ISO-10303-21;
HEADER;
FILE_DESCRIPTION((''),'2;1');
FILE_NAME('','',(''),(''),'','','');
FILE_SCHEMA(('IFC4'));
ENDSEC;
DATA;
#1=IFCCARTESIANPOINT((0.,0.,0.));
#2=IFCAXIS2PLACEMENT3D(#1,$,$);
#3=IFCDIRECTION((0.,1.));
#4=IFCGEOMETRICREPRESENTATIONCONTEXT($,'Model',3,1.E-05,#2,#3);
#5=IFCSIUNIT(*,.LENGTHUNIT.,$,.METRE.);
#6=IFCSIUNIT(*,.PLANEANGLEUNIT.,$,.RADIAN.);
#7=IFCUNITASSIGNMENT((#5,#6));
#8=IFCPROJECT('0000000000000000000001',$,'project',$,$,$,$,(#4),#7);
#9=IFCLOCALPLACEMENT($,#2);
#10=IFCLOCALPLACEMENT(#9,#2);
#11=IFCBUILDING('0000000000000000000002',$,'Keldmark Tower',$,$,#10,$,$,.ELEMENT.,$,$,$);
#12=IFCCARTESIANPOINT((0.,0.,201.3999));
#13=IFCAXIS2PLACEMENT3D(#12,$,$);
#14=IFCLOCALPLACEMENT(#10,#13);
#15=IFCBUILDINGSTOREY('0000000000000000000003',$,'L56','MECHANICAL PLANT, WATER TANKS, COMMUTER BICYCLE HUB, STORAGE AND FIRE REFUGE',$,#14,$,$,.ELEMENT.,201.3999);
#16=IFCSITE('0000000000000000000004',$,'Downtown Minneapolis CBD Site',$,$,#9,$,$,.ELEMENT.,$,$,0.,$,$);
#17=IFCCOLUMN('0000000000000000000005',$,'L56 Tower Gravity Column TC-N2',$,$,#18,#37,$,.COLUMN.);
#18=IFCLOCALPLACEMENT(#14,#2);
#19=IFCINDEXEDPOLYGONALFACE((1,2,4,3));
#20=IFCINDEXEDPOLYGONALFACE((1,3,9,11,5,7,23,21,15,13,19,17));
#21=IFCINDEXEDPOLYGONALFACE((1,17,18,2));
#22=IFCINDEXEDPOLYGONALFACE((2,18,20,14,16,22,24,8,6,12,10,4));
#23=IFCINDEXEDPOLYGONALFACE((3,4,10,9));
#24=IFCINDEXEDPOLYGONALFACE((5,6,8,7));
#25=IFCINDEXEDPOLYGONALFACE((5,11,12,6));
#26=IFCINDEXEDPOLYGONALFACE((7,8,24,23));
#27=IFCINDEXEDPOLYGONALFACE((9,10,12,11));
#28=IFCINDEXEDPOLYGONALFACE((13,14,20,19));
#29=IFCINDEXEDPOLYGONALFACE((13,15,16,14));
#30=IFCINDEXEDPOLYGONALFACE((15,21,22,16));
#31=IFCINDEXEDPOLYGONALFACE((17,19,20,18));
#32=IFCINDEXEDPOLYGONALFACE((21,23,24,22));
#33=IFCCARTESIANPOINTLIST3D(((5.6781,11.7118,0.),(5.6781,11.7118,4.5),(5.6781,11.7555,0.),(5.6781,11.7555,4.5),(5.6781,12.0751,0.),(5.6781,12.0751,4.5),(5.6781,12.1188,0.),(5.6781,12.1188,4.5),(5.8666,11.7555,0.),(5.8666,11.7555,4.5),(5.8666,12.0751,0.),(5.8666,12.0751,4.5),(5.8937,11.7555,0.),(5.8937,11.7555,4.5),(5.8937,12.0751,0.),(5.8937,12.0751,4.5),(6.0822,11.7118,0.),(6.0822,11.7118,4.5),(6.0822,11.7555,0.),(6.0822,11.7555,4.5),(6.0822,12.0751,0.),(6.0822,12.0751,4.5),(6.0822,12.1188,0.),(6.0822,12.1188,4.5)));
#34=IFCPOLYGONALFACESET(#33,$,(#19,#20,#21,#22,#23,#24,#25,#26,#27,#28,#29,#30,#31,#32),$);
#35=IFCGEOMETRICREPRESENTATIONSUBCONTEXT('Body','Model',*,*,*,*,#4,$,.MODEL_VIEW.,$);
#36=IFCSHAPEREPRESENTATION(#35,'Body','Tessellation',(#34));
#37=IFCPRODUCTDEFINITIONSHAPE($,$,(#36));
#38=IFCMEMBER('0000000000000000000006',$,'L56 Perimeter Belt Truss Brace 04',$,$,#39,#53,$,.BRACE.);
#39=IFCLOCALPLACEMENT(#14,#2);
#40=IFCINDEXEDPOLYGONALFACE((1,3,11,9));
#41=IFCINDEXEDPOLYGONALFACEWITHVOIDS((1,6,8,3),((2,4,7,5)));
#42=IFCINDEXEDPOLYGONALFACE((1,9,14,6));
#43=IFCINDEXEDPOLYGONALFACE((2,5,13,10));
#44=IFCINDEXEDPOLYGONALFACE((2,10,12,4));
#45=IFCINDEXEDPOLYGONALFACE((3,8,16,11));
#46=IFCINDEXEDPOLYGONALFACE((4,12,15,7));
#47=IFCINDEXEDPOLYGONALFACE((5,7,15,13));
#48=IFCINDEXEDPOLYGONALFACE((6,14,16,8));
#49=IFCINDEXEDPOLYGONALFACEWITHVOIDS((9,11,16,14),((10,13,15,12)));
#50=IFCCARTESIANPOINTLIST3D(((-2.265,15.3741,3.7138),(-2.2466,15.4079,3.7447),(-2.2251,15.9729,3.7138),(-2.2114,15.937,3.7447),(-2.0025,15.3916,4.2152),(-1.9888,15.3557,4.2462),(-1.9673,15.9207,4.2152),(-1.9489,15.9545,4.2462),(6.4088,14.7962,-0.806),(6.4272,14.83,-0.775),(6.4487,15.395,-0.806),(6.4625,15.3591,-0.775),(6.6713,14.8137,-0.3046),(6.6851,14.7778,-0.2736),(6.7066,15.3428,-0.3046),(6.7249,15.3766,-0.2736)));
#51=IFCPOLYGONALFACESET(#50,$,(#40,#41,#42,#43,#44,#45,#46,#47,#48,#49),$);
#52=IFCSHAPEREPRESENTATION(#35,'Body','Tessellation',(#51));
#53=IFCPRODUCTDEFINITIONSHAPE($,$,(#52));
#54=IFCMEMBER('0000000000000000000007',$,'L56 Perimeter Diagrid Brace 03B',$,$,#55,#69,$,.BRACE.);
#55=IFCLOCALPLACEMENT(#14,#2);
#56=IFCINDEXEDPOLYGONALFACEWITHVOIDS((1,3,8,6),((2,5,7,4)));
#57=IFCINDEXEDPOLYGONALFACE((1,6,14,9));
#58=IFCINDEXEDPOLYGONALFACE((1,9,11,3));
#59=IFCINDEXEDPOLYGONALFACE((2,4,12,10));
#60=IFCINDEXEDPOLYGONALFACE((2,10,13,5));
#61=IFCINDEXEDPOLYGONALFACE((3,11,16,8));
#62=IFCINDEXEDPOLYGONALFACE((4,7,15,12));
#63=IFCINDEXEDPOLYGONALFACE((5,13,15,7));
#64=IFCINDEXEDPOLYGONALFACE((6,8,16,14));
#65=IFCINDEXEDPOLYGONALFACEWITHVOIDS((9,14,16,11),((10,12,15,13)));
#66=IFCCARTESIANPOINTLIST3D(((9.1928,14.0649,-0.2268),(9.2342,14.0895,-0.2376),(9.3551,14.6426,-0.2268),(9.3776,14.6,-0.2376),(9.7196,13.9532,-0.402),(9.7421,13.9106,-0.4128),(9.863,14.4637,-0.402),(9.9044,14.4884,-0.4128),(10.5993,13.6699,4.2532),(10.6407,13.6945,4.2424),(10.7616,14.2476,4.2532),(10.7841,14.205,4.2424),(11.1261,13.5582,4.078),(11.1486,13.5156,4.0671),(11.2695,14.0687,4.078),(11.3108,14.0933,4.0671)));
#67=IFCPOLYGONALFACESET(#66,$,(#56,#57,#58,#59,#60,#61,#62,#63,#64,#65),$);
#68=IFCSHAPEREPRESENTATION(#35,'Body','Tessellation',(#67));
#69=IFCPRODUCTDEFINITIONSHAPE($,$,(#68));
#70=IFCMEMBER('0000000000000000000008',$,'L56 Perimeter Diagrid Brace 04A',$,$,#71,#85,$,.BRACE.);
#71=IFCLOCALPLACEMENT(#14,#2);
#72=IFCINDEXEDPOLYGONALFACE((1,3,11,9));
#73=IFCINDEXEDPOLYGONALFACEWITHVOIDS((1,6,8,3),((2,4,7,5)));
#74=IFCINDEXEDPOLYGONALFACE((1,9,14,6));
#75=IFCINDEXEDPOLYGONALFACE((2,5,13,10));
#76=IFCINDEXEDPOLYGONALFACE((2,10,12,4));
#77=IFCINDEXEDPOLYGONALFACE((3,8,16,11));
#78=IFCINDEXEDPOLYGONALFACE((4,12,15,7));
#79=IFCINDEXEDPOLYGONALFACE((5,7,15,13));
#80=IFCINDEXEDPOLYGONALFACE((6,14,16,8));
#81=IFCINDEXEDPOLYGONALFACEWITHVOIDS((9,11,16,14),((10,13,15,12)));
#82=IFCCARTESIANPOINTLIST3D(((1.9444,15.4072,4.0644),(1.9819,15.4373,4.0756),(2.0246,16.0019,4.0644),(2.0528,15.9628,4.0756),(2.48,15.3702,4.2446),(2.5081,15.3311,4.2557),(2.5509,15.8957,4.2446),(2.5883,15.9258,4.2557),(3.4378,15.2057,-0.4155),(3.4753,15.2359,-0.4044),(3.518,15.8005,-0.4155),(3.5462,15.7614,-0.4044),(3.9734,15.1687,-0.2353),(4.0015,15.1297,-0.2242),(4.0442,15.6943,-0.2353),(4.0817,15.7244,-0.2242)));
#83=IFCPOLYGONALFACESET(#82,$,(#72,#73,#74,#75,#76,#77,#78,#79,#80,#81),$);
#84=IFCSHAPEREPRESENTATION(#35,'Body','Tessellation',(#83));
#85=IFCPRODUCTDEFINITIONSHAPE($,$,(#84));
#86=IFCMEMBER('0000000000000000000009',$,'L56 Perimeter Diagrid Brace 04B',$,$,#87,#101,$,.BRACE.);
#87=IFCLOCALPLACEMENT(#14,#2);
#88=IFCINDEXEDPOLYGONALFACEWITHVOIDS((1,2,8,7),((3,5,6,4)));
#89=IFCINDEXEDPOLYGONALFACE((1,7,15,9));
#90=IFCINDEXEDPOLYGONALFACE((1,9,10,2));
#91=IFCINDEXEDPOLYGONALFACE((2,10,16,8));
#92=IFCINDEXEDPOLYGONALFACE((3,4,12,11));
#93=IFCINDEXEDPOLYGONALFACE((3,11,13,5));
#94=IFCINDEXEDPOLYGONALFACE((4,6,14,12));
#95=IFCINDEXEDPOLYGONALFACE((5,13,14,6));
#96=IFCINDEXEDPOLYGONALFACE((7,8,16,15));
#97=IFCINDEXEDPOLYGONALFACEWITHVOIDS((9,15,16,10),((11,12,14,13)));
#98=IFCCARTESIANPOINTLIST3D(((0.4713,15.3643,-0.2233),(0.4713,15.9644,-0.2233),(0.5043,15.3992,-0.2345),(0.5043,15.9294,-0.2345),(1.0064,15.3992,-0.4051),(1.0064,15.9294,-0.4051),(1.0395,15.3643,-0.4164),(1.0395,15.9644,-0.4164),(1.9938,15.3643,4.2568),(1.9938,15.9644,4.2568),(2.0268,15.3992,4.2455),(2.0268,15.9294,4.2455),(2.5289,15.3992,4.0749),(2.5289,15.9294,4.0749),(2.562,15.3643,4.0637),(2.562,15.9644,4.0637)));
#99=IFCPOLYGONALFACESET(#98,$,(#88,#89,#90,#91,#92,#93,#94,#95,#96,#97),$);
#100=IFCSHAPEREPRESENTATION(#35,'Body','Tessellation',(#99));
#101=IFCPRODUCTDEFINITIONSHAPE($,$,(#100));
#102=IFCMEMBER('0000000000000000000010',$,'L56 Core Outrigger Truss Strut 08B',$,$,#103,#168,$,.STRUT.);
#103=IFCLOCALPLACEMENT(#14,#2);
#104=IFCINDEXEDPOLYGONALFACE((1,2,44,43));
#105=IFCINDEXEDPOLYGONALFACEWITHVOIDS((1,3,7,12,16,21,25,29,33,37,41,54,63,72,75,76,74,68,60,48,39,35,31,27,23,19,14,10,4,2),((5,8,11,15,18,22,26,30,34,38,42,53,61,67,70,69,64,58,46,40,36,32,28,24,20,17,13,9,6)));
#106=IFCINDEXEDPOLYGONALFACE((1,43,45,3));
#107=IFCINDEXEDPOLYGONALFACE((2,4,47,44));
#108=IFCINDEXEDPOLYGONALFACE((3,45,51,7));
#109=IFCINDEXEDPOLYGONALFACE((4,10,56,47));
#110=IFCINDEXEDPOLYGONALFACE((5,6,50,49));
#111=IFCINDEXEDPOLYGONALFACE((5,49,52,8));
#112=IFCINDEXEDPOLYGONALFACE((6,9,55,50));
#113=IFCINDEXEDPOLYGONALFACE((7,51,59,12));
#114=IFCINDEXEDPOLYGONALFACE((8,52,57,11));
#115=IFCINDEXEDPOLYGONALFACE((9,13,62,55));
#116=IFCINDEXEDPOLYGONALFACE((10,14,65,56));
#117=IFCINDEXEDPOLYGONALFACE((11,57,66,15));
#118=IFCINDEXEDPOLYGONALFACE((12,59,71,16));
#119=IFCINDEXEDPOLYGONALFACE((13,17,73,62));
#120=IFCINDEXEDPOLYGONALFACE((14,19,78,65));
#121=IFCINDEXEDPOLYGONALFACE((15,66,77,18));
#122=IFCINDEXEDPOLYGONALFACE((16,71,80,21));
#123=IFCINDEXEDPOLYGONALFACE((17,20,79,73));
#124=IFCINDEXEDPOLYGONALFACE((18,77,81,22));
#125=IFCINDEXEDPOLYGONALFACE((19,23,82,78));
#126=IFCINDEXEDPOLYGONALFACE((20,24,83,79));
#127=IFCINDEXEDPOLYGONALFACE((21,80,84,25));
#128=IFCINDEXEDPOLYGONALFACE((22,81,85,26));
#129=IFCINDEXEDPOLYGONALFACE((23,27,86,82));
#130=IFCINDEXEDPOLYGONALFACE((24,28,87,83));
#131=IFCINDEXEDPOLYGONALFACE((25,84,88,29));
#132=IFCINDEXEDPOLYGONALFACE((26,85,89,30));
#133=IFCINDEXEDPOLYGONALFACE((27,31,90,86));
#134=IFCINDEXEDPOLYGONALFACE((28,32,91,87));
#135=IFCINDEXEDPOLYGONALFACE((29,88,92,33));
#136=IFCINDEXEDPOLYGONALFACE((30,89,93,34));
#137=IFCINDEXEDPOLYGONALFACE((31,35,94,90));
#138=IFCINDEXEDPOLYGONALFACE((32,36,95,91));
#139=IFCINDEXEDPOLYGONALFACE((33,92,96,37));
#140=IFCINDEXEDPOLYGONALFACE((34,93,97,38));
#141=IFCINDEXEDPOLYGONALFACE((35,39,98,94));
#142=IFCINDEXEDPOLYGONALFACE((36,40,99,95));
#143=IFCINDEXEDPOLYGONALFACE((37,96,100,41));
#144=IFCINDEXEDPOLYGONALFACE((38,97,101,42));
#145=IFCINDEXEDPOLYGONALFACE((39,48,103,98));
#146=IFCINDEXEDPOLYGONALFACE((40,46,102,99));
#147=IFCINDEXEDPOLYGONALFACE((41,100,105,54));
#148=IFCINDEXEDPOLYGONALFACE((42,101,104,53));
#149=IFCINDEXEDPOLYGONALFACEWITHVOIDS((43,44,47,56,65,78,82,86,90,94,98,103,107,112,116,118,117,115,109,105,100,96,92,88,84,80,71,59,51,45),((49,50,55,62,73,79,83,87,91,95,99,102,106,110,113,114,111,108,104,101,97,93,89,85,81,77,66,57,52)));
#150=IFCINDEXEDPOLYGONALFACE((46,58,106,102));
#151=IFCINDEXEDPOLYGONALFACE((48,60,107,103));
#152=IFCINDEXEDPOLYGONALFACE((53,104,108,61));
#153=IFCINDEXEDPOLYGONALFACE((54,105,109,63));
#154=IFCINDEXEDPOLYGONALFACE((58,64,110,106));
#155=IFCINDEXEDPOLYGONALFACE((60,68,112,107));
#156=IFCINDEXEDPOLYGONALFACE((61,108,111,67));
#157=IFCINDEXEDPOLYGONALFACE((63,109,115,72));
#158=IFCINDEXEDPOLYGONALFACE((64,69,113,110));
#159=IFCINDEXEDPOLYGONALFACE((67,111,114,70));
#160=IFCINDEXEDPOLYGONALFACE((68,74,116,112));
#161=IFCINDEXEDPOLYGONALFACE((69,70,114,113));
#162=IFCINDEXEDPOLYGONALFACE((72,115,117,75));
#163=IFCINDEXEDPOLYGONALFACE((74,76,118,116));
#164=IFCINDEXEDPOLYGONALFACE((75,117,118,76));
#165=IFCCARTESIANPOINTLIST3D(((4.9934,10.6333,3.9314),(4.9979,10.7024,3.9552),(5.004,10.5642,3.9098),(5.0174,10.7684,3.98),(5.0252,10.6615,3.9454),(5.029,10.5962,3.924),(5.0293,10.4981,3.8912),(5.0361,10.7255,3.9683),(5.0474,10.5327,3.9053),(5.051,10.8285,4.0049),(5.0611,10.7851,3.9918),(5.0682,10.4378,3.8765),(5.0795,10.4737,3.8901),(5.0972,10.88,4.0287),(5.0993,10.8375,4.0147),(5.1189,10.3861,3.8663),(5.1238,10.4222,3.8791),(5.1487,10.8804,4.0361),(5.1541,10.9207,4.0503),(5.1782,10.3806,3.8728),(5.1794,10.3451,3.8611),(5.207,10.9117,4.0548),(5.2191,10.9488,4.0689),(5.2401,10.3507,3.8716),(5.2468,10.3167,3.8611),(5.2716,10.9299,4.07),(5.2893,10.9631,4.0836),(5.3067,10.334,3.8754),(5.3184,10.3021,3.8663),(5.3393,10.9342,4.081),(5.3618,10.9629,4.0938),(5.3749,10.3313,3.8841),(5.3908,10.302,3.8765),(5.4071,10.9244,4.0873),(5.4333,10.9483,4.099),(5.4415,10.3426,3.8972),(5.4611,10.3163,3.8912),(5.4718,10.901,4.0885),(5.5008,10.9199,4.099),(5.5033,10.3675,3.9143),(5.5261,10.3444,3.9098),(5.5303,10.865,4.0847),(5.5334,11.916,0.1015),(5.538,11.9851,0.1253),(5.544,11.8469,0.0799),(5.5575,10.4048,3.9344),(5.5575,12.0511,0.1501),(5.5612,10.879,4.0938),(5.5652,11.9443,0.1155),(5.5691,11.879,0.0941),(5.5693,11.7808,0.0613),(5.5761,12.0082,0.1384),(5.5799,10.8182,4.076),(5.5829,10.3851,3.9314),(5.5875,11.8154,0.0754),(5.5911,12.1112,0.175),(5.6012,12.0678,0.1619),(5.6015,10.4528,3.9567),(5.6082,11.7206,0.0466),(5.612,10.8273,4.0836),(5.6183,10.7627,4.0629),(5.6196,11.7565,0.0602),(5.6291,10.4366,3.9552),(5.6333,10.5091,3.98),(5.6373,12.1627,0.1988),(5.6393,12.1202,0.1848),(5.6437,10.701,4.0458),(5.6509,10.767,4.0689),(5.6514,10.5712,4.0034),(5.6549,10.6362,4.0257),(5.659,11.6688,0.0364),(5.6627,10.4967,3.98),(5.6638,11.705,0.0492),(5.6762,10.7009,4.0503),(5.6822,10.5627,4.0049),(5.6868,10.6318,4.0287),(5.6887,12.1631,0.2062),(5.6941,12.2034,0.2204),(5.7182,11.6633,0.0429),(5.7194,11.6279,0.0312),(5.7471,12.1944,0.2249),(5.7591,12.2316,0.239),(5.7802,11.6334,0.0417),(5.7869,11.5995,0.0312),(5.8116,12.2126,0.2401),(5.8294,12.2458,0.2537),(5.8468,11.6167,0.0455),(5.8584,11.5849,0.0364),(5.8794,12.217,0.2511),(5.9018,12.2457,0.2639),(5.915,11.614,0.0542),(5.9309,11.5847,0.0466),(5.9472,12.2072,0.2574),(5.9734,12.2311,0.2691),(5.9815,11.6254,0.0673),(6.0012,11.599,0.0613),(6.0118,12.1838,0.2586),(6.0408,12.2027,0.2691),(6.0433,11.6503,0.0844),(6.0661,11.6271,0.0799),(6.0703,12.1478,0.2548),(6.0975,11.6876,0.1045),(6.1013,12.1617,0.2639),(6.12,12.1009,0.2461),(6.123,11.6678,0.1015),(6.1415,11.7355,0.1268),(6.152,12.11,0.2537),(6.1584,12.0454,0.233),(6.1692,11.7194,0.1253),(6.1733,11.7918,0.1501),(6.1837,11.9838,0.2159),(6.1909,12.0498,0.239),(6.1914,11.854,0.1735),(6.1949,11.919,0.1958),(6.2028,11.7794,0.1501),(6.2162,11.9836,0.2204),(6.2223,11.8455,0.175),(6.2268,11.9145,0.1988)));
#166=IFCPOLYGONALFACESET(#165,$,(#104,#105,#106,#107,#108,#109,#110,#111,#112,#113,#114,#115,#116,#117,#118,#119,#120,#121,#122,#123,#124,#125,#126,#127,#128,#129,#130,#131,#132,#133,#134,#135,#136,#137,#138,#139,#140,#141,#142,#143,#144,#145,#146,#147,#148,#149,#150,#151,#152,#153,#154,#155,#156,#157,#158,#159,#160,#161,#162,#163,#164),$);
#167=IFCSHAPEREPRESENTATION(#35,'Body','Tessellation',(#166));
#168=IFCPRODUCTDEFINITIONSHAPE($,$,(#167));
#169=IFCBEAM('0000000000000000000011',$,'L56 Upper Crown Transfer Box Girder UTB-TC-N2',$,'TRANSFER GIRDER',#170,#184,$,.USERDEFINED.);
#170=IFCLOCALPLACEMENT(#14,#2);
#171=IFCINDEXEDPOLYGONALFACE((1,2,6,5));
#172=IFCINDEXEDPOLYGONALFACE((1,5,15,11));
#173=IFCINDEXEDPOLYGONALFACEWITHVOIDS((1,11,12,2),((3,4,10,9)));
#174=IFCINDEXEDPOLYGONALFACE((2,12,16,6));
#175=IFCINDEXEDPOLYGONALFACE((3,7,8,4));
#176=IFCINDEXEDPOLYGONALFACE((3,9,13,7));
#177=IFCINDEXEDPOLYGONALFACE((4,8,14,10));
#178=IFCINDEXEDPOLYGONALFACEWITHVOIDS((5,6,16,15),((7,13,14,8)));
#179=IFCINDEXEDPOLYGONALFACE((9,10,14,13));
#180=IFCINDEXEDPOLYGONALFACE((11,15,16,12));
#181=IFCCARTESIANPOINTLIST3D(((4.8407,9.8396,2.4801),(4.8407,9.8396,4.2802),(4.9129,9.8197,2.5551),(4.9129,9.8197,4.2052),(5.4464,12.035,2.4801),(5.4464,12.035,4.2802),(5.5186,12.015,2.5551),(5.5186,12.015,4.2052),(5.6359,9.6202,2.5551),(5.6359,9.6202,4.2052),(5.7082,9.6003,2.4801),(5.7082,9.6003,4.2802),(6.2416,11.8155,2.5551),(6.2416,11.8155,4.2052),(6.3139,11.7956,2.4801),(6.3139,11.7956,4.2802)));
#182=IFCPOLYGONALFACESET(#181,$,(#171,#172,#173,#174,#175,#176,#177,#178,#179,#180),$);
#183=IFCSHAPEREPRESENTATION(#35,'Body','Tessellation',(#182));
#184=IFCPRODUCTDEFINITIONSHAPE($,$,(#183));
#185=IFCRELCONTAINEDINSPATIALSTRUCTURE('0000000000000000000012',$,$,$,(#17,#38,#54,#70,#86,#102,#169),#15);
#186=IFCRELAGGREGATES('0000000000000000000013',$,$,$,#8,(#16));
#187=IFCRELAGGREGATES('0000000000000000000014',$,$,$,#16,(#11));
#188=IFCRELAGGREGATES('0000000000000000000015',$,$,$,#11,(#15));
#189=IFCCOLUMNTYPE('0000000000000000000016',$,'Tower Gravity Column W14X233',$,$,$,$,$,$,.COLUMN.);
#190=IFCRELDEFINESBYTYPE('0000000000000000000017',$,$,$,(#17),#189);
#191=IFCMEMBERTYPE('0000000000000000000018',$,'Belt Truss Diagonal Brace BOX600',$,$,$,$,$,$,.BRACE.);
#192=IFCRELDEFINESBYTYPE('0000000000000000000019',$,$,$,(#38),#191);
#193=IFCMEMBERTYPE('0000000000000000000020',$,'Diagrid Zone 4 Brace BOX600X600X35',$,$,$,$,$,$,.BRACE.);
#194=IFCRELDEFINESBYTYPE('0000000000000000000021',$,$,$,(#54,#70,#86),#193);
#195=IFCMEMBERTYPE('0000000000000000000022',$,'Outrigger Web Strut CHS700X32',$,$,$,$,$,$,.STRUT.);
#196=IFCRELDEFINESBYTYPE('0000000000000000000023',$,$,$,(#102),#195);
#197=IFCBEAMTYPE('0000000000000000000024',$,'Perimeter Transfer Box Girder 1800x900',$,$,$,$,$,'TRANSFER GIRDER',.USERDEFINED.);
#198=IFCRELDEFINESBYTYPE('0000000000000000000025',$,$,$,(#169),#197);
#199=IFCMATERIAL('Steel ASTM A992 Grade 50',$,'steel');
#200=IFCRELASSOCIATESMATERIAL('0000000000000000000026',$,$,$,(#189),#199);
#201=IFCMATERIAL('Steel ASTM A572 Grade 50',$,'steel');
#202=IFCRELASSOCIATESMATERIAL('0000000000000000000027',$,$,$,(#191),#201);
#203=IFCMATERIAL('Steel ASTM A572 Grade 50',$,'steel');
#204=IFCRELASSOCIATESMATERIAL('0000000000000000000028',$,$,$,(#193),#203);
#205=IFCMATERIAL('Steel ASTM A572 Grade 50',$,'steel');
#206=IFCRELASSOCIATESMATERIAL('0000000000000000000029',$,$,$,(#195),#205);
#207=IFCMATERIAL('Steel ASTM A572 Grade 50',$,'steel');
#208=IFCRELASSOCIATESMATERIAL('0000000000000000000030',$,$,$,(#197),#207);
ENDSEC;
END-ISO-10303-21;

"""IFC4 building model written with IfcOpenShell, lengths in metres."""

from ifc_helpers import new_model, si_unit, direction, frame, origin, origin_2d, place, context, subcontext, project, spatial, hollow_rectangle, hollow_circle, i_section, extrude, material, material_profile, profile_set, type_object, element, save


model = new_model("IFC4")

# Units and contexts
model_context = context("Model", 3, precision=1e-05, world=origin(), true_north=direction((0.0, 1.0)))
body_context = subcontext(model_context, "Body", "Model", "MODEL_VIEW")
ifc_project = project(units=[si_unit("LENGTHUNIT", "METRE"), si_unit("PLANEANGLEUNIT", "RADIAN")], contexts=[model_context])

# Site, building, storey
site_placement = place(None, origin())
site = spatial("IfcSite", under=ifc_project, at=site_placement, Name="Downtown Minneapolis CBD Site", CompositionType="ELEMENT", RefElevation=0.0)
building_placement = place(site_placement, origin())
building = spatial("IfcBuilding", under=site, at=building_placement, Name="Keldmark Tower", CompositionType="ELEMENT")
storey_placement = place(building_placement, frame((0.0, 0.0, 201.3999)))
storey = spatial("IfcBuildingStorey", under=building, at=storey_placement, Name="L56", Description="MECHANICAL PLANT, WATER TANKS, COMMUTER BICYCLE HUB, STORAGE AND FIRE REFUGE", CompositionType="ELEMENT", Elevation=201.3999)

# Column
ifc_material_1 = material(Name="Steel ASTM A992 Grade 50", Category="steel")
ifc_material_profile_1 = material_profile(ifc_material_1, i_section(OverallWidth=0.4041, OverallDepth=0.407, WebThickness=0.0271, FlangeThickness=0.0437, at=origin_2d()), Name="W14X233")
ifc_profile_set_1 = profile_set([ifc_material_profile_1], Name="Steel ASTM A992 Grade 50")
column_type = type_object("IfcColumnType", Name="Tower Gravity Column W14X233", PredefinedType="COLUMN", material=ifc_profile_set_1)
column_placement = place(storey_placement, frame((5.8801, 11.9153, 0.0), z_axis=(0.0, 0.0, 1.0), x_axis=(1.0, 0.0, 0.0)))
element("IfcColumn", 1, at=column_placement, inside=storey, type_object=column_type, Name="L56 Tower Gravity Column TC-N2", PredefinedType="COLUMN", context=body_context, shape_type="SweptSolid", body=[
    extrude(i_section(OverallWidth=0.4041, OverallDepth=0.407, WebThickness=0.0271, FlangeThickness=0.0437, at=origin_2d()), origin(), (0.0, 0.0, 1.0), 4.5),
])

# Members
ifc_material_2 = material(Name="Steel ASTM A572 Grade 50", Category="steel")
ifc_material_profile_2 = material_profile(ifc_material_2, hollow_rectangle(XDim=0.6001, YDim=0.6001, WallThickness=0.0349, at=origin_2d()), Name="BOX600X600X35")
ifc_profile_set_2 = profile_set([ifc_material_profile_2], Name="Steel ASTM A572 Grade 50")
member_type_1 = type_object("IfcMemberType", Name="Belt Truss Diagonal Brace BOX600", PredefinedType="BRACE", material=ifc_profile_set_2)
member_1_placement = place(storey_placement, frame((6.5669, 15.0864, -0.5398), z_axis=(-0.88528, 0.05898, 0.461303), x_axis=(-0.066476, -0.997788, 0.0)))
element("IfcMember", 2, at=member_1_placement, inside=storey, type_object=member_type_1, Name="L56 Perimeter Belt Truss Brace 04", PredefinedType="BRACE", context=body_context, shape_type="SweptSolid", body=[
    extrude(hollow_rectangle(XDim=0.6001, YDim=0.6001, WallThickness=0.0349, at=origin_2d()), origin(), (0.0, 0.0, 1.0), 9.7979),
])
ifc_material_3 = material(Name="Steel ASTM A572 Grade 50", Category="steel")
ifc_material_profile_3 = material_profile(ifc_material_3, hollow_rectangle(XDim=0.6001, YDim=0.6001, WallThickness=0.0349, at=origin_2d()), Name="BOX600X600X35")
ifc_profile_set_3 = profile_set([ifc_material_profile_3], Name="Steel ASTM A572 Grade 50")
member_type_2 = type_object("IfcMemberType", Name="Diagrid Zone 4 Brace BOX600X600X35", PredefinedType="BRACE", material=ifc_profile_set_3)
member_2_placement = place(storey_placement, frame((9.5486, 14.2766, -0.3198), z_axis=(0.298482, -0.08383, 0.950727), x_axis=(0.270392, 0.96275, 0.0)))
element("IfcMember", 3, at=member_2_placement, inside=storey, type_object=member_type_2, Name="L56 Perimeter Diagrid Brace 03B", PredefinedType="BRACE", context=body_context, shape_type="SweptSolid", body=[
    extrude(hollow_rectangle(XDim=0.6001, YDim=0.6001, WallThickness=0.0349, at=origin_2d()), origin(), (0.0, 0.0, 1.0), 4.7122),
])
member_3_placement = place(storey_placement, frame((3.7598, 15.4651, -0.3198), z_axis=(-0.315956, 0.042613, 0.947816), x_axis=(-0.13366, -0.991027, 0.0)))
element("IfcMember", 4, at=member_3_placement, inside=storey, type_object=member_type_2, Name="L56 Perimeter Diagrid Brace 04A", PredefinedType="BRACE", context=body_context, shape_type="SweptSolid", body=[
    extrude(hollow_rectangle(XDim=0.6001, YDim=0.6001, WallThickness=0.0349, at=origin_2d()), origin(), (0.0, 0.0, 1.0), 4.7266),
])
member_4_placement = place(storey_placement, frame((0.7554, 15.6643, -0.3198), z_axis=(0.321764, 0.0, 0.94682), x_axis=(0.0, 1.0, 0.0)))
element("IfcMember", 5, at=member_4_placement, inside=storey, type_object=member_type_2, Name="L56 Perimeter Diagrid Brace 04B", PredefinedType="BRACE", context=body_context, shape_type="SweptSolid", body=[
    extrude(hollow_rectangle(XDim=0.6001, YDim=0.6001, WallThickness=0.0349, at=origin_2d()), origin(), (0.0, 0.0, 1.0), 4.7317),
])
ifc_material_4 = material(Name="Steel ASTM A572 Grade 50", Category="steel")
ifc_material_profile_4 = material_profile(ifc_material_4, hollow_circle(Radius=0.3501, WallThickness=0.032, at=origin_2d()), Name="CHS700X32")
ifc_profile_set_4 = profile_set([ifc_material_profile_4], Name="Steel ASTM A572 Grade 50")
member_type_3 = type_object("IfcMemberType", Name="Outrigger Web Strut CHS700X32", PredefinedType="STRUT", material=ifc_profile_set_4)
member_5_placement = place(storey_placement, frame((5.8801, 11.9153, 0.1501), z_axis=(-0.132529, -0.314786, 0.939865), x_axis=(0.921649, -0.388026, 0.0)))
element("IfcMember", 6, at=member_5_placement, inside=storey, type_object=member_type_3, Name="L56 Core Outrigger Truss Strut 08B", PredefinedType="STRUT", context=body_context, shape_type="SweptSolid", body=[
    extrude(hollow_circle(Radius=0.3501, WallThickness=0.032, at=origin_2d()), origin(), (0.0, 0.0, 1.0), 4.075),
])

# Beam
ifc_material_5 = material(Name="Steel ASTM A572 Grade 50", Category="steel")
ifc_material_profile_5 = material_profile(ifc_material_5, hollow_rectangle(XDim=0.8999, YDim=1.8, WallThickness=0.075, at=origin_2d()), Name="TBOX1800X900X75")
ifc_profile_set_5 = profile_set([ifc_material_profile_5], Name="Steel ASTM A572 Grade 50")
beam_type_1 = type_object("IfcBeamType", Name="Perimeter Transfer Box Girder 1800x900", ElementType="TRANSFER GIRDER", PredefinedType="USERDEFINED", material=ifc_profile_set_5)
beam_1_placement = place(storey_placement, frame((5.8801, 11.9153, 3.3801), z_axis=(-0.265974, -0.96398, 0.0), x_axis=(0.96398, -0.265974, 0.0)))
element("IfcBeam", 7, at=beam_1_placement, inside=storey, type_object=beam_type_1, Name="L56 Upper Crown Transfer Box Girder UTB-TC-N2", ObjectType="TRANSFER GIRDER", PredefinedType="USERDEFINED", context=body_context, shape_type="SweptSolid", body=[
    extrude(hollow_rectangle(XDim=0.8999, YDim=1.8, WallThickness=0.075, at=origin_2d()), origin(), (0.0, 0.0, 1.0), 2.2773),
])

save(model, "model.ifc")
